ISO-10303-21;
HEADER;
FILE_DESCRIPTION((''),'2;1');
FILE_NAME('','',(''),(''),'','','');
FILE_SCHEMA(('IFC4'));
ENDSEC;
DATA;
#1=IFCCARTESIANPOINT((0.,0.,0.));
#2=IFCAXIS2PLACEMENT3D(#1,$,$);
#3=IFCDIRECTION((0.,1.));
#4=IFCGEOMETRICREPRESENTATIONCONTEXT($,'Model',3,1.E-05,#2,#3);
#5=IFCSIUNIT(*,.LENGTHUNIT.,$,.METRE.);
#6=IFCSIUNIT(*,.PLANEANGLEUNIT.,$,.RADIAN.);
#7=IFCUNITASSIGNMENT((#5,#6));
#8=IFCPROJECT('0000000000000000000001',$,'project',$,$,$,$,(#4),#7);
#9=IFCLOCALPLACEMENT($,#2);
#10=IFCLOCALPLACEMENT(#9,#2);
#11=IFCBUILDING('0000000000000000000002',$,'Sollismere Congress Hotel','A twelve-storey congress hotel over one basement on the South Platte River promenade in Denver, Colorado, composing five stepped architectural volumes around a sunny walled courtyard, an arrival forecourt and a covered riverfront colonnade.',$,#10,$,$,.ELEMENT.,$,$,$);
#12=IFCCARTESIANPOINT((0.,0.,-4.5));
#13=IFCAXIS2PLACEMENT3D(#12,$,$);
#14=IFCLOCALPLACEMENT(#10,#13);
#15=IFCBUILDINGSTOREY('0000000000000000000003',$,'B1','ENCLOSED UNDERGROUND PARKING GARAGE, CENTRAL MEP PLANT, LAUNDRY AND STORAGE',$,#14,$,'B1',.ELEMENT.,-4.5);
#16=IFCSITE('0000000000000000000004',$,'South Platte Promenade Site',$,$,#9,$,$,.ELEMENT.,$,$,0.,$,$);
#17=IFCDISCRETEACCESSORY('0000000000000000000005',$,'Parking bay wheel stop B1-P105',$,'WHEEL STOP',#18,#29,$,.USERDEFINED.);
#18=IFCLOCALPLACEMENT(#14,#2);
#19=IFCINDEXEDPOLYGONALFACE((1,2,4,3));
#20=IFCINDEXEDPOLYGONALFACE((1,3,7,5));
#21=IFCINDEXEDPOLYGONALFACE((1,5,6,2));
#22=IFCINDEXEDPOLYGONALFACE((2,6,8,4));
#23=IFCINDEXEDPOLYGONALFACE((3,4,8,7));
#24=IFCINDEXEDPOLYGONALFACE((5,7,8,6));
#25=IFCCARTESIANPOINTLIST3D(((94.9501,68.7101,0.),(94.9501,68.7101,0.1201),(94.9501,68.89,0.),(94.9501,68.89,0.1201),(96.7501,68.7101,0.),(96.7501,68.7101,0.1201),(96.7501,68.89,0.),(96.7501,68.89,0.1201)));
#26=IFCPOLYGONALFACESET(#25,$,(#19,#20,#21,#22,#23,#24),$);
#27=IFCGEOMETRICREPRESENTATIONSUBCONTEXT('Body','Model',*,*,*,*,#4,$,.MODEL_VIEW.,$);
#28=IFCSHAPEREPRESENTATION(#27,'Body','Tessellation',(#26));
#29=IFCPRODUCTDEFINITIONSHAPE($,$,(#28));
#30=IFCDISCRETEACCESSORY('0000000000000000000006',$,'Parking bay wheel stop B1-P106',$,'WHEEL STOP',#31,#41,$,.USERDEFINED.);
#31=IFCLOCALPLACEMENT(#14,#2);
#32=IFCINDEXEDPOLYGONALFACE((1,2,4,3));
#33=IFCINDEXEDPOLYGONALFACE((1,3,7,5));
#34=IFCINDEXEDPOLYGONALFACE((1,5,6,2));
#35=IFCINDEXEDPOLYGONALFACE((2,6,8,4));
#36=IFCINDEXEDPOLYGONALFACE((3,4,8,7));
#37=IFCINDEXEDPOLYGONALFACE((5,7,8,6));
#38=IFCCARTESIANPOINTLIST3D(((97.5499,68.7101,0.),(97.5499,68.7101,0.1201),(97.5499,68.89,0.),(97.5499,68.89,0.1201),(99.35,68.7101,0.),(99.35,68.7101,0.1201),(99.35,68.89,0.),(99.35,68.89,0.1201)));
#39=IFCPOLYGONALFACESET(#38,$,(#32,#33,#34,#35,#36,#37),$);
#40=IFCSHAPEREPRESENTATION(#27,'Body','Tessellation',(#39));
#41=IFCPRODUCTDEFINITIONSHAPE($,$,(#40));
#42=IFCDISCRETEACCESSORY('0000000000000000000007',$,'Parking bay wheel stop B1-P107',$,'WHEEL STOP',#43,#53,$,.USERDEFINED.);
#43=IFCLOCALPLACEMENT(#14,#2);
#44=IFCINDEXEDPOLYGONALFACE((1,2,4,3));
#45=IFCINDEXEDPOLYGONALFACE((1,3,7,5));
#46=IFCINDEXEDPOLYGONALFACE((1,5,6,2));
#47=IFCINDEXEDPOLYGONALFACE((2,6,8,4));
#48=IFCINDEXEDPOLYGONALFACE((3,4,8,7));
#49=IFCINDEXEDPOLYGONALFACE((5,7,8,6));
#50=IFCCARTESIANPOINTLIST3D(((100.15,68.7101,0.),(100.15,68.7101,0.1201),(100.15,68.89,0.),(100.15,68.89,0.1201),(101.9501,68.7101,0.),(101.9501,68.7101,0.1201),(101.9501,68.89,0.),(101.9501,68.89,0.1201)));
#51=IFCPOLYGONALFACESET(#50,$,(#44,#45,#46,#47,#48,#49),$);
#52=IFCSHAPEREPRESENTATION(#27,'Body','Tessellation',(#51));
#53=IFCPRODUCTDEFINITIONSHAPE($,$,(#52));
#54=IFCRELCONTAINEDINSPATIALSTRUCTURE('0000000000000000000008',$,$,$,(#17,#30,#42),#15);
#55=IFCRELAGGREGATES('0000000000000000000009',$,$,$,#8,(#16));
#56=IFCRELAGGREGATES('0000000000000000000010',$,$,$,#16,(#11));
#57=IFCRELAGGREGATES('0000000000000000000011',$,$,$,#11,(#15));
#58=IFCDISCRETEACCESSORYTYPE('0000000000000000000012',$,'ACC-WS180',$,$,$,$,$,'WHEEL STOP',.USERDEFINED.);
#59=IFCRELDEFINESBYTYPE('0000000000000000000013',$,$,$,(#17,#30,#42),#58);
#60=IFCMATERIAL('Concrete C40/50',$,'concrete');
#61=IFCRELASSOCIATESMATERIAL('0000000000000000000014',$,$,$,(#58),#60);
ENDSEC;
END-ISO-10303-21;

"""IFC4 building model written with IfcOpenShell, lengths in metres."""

from ifc_helpers import new_model, si_unit, direction, frame, origin, origin_2d, place, context, subcontext, project, spatial, rectangle, extrude, material, type_object, element, save


model = new_model("IFC4")

# Units and contexts
model_context = context("Model", 3, precision=1e-05, world=origin(), true_north=direction((0.0, 1.0)))
body_context = subcontext(model_context, "Body", "Model", "MODEL_VIEW")
ifc_project = project(units=[si_unit("LENGTHUNIT", "METRE"), si_unit("PLANEANGLEUNIT", "RADIAN")], contexts=[model_context])

# Site, building, storey
site_placement = place(None, origin())
site = spatial("IfcSite", under=ifc_project, at=site_placement, Name="South Platte Promenade Site", CompositionType="ELEMENT", RefElevation=0.0)
building_placement = place(site_placement, origin())
building = spatial("IfcBuilding", under=site, at=building_placement, Name="Sollismere Congress Hotel", Description="A twelve-storey congress hotel over one basement on the South Platte River promenade in Denver, Colorado, composing five stepped architectural volumes around a sunny walled courtyard, an arrival forecourt and a covered riverfront colonnade.", CompositionType="ELEMENT")
storey_placement = place(building_placement, frame((0.0, 0.0, -4.5)))
storey = spatial("IfcBuildingStorey", under=building, at=storey_placement, Name="B1", Description="ENCLOSED UNDERGROUND PARKING GARAGE, CENTRAL MEP PLANT, LAUNDRY AND STORAGE", LongName="B1", CompositionType="ELEMENT", Elevation=-4.5)

# Shared definitions
ifc_material_1 = material(Name="Concrete C40/50", Category="concrete")

# Discrete accessories
discrete_accessory_type = type_object("IfcDiscreteAccessoryType", Name="ACC-WS180", ElementType="WHEEL STOP", PredefinedType="USERDEFINED", material=ifc_material_1)
for number, where, z_axis, x_axis, name in (
    (1, (95.8501, 68.8, 0.0), (0.0, 0.0, 1.0), (1.0, 0.0, 0.0), "Parking bay wheel stop B1-P105"),
    (2, (98.45, 68.8, 0.0), (0.0, 0.0, 1.0), (1.0, 0.0, 0.0), "Parking bay wheel stop B1-P106"),
    (3, (101.05, 68.8, 0.0), (0.0, 0.0, 1.0), (1.0, 0.0, 0.0), "Parking bay wheel stop B1-P107"),
):
    element("IfcDiscreteAccessory", number, at=place(storey_placement, frame(where, z_axis=z_axis, x_axis=x_axis)), inside=storey, type_object=discrete_accessory_type, Name=name, ObjectType="WHEEL STOP", PredefinedType="USERDEFINED", context=body_context, shape_type="SweptSolid", body=[
        extrude(rectangle(XDim=1.8, YDim=0.1799, at=origin_2d()), origin(), (0.0, 0.0, 1.0), 0.1201),
    ])

save(model, "model.ifc")
